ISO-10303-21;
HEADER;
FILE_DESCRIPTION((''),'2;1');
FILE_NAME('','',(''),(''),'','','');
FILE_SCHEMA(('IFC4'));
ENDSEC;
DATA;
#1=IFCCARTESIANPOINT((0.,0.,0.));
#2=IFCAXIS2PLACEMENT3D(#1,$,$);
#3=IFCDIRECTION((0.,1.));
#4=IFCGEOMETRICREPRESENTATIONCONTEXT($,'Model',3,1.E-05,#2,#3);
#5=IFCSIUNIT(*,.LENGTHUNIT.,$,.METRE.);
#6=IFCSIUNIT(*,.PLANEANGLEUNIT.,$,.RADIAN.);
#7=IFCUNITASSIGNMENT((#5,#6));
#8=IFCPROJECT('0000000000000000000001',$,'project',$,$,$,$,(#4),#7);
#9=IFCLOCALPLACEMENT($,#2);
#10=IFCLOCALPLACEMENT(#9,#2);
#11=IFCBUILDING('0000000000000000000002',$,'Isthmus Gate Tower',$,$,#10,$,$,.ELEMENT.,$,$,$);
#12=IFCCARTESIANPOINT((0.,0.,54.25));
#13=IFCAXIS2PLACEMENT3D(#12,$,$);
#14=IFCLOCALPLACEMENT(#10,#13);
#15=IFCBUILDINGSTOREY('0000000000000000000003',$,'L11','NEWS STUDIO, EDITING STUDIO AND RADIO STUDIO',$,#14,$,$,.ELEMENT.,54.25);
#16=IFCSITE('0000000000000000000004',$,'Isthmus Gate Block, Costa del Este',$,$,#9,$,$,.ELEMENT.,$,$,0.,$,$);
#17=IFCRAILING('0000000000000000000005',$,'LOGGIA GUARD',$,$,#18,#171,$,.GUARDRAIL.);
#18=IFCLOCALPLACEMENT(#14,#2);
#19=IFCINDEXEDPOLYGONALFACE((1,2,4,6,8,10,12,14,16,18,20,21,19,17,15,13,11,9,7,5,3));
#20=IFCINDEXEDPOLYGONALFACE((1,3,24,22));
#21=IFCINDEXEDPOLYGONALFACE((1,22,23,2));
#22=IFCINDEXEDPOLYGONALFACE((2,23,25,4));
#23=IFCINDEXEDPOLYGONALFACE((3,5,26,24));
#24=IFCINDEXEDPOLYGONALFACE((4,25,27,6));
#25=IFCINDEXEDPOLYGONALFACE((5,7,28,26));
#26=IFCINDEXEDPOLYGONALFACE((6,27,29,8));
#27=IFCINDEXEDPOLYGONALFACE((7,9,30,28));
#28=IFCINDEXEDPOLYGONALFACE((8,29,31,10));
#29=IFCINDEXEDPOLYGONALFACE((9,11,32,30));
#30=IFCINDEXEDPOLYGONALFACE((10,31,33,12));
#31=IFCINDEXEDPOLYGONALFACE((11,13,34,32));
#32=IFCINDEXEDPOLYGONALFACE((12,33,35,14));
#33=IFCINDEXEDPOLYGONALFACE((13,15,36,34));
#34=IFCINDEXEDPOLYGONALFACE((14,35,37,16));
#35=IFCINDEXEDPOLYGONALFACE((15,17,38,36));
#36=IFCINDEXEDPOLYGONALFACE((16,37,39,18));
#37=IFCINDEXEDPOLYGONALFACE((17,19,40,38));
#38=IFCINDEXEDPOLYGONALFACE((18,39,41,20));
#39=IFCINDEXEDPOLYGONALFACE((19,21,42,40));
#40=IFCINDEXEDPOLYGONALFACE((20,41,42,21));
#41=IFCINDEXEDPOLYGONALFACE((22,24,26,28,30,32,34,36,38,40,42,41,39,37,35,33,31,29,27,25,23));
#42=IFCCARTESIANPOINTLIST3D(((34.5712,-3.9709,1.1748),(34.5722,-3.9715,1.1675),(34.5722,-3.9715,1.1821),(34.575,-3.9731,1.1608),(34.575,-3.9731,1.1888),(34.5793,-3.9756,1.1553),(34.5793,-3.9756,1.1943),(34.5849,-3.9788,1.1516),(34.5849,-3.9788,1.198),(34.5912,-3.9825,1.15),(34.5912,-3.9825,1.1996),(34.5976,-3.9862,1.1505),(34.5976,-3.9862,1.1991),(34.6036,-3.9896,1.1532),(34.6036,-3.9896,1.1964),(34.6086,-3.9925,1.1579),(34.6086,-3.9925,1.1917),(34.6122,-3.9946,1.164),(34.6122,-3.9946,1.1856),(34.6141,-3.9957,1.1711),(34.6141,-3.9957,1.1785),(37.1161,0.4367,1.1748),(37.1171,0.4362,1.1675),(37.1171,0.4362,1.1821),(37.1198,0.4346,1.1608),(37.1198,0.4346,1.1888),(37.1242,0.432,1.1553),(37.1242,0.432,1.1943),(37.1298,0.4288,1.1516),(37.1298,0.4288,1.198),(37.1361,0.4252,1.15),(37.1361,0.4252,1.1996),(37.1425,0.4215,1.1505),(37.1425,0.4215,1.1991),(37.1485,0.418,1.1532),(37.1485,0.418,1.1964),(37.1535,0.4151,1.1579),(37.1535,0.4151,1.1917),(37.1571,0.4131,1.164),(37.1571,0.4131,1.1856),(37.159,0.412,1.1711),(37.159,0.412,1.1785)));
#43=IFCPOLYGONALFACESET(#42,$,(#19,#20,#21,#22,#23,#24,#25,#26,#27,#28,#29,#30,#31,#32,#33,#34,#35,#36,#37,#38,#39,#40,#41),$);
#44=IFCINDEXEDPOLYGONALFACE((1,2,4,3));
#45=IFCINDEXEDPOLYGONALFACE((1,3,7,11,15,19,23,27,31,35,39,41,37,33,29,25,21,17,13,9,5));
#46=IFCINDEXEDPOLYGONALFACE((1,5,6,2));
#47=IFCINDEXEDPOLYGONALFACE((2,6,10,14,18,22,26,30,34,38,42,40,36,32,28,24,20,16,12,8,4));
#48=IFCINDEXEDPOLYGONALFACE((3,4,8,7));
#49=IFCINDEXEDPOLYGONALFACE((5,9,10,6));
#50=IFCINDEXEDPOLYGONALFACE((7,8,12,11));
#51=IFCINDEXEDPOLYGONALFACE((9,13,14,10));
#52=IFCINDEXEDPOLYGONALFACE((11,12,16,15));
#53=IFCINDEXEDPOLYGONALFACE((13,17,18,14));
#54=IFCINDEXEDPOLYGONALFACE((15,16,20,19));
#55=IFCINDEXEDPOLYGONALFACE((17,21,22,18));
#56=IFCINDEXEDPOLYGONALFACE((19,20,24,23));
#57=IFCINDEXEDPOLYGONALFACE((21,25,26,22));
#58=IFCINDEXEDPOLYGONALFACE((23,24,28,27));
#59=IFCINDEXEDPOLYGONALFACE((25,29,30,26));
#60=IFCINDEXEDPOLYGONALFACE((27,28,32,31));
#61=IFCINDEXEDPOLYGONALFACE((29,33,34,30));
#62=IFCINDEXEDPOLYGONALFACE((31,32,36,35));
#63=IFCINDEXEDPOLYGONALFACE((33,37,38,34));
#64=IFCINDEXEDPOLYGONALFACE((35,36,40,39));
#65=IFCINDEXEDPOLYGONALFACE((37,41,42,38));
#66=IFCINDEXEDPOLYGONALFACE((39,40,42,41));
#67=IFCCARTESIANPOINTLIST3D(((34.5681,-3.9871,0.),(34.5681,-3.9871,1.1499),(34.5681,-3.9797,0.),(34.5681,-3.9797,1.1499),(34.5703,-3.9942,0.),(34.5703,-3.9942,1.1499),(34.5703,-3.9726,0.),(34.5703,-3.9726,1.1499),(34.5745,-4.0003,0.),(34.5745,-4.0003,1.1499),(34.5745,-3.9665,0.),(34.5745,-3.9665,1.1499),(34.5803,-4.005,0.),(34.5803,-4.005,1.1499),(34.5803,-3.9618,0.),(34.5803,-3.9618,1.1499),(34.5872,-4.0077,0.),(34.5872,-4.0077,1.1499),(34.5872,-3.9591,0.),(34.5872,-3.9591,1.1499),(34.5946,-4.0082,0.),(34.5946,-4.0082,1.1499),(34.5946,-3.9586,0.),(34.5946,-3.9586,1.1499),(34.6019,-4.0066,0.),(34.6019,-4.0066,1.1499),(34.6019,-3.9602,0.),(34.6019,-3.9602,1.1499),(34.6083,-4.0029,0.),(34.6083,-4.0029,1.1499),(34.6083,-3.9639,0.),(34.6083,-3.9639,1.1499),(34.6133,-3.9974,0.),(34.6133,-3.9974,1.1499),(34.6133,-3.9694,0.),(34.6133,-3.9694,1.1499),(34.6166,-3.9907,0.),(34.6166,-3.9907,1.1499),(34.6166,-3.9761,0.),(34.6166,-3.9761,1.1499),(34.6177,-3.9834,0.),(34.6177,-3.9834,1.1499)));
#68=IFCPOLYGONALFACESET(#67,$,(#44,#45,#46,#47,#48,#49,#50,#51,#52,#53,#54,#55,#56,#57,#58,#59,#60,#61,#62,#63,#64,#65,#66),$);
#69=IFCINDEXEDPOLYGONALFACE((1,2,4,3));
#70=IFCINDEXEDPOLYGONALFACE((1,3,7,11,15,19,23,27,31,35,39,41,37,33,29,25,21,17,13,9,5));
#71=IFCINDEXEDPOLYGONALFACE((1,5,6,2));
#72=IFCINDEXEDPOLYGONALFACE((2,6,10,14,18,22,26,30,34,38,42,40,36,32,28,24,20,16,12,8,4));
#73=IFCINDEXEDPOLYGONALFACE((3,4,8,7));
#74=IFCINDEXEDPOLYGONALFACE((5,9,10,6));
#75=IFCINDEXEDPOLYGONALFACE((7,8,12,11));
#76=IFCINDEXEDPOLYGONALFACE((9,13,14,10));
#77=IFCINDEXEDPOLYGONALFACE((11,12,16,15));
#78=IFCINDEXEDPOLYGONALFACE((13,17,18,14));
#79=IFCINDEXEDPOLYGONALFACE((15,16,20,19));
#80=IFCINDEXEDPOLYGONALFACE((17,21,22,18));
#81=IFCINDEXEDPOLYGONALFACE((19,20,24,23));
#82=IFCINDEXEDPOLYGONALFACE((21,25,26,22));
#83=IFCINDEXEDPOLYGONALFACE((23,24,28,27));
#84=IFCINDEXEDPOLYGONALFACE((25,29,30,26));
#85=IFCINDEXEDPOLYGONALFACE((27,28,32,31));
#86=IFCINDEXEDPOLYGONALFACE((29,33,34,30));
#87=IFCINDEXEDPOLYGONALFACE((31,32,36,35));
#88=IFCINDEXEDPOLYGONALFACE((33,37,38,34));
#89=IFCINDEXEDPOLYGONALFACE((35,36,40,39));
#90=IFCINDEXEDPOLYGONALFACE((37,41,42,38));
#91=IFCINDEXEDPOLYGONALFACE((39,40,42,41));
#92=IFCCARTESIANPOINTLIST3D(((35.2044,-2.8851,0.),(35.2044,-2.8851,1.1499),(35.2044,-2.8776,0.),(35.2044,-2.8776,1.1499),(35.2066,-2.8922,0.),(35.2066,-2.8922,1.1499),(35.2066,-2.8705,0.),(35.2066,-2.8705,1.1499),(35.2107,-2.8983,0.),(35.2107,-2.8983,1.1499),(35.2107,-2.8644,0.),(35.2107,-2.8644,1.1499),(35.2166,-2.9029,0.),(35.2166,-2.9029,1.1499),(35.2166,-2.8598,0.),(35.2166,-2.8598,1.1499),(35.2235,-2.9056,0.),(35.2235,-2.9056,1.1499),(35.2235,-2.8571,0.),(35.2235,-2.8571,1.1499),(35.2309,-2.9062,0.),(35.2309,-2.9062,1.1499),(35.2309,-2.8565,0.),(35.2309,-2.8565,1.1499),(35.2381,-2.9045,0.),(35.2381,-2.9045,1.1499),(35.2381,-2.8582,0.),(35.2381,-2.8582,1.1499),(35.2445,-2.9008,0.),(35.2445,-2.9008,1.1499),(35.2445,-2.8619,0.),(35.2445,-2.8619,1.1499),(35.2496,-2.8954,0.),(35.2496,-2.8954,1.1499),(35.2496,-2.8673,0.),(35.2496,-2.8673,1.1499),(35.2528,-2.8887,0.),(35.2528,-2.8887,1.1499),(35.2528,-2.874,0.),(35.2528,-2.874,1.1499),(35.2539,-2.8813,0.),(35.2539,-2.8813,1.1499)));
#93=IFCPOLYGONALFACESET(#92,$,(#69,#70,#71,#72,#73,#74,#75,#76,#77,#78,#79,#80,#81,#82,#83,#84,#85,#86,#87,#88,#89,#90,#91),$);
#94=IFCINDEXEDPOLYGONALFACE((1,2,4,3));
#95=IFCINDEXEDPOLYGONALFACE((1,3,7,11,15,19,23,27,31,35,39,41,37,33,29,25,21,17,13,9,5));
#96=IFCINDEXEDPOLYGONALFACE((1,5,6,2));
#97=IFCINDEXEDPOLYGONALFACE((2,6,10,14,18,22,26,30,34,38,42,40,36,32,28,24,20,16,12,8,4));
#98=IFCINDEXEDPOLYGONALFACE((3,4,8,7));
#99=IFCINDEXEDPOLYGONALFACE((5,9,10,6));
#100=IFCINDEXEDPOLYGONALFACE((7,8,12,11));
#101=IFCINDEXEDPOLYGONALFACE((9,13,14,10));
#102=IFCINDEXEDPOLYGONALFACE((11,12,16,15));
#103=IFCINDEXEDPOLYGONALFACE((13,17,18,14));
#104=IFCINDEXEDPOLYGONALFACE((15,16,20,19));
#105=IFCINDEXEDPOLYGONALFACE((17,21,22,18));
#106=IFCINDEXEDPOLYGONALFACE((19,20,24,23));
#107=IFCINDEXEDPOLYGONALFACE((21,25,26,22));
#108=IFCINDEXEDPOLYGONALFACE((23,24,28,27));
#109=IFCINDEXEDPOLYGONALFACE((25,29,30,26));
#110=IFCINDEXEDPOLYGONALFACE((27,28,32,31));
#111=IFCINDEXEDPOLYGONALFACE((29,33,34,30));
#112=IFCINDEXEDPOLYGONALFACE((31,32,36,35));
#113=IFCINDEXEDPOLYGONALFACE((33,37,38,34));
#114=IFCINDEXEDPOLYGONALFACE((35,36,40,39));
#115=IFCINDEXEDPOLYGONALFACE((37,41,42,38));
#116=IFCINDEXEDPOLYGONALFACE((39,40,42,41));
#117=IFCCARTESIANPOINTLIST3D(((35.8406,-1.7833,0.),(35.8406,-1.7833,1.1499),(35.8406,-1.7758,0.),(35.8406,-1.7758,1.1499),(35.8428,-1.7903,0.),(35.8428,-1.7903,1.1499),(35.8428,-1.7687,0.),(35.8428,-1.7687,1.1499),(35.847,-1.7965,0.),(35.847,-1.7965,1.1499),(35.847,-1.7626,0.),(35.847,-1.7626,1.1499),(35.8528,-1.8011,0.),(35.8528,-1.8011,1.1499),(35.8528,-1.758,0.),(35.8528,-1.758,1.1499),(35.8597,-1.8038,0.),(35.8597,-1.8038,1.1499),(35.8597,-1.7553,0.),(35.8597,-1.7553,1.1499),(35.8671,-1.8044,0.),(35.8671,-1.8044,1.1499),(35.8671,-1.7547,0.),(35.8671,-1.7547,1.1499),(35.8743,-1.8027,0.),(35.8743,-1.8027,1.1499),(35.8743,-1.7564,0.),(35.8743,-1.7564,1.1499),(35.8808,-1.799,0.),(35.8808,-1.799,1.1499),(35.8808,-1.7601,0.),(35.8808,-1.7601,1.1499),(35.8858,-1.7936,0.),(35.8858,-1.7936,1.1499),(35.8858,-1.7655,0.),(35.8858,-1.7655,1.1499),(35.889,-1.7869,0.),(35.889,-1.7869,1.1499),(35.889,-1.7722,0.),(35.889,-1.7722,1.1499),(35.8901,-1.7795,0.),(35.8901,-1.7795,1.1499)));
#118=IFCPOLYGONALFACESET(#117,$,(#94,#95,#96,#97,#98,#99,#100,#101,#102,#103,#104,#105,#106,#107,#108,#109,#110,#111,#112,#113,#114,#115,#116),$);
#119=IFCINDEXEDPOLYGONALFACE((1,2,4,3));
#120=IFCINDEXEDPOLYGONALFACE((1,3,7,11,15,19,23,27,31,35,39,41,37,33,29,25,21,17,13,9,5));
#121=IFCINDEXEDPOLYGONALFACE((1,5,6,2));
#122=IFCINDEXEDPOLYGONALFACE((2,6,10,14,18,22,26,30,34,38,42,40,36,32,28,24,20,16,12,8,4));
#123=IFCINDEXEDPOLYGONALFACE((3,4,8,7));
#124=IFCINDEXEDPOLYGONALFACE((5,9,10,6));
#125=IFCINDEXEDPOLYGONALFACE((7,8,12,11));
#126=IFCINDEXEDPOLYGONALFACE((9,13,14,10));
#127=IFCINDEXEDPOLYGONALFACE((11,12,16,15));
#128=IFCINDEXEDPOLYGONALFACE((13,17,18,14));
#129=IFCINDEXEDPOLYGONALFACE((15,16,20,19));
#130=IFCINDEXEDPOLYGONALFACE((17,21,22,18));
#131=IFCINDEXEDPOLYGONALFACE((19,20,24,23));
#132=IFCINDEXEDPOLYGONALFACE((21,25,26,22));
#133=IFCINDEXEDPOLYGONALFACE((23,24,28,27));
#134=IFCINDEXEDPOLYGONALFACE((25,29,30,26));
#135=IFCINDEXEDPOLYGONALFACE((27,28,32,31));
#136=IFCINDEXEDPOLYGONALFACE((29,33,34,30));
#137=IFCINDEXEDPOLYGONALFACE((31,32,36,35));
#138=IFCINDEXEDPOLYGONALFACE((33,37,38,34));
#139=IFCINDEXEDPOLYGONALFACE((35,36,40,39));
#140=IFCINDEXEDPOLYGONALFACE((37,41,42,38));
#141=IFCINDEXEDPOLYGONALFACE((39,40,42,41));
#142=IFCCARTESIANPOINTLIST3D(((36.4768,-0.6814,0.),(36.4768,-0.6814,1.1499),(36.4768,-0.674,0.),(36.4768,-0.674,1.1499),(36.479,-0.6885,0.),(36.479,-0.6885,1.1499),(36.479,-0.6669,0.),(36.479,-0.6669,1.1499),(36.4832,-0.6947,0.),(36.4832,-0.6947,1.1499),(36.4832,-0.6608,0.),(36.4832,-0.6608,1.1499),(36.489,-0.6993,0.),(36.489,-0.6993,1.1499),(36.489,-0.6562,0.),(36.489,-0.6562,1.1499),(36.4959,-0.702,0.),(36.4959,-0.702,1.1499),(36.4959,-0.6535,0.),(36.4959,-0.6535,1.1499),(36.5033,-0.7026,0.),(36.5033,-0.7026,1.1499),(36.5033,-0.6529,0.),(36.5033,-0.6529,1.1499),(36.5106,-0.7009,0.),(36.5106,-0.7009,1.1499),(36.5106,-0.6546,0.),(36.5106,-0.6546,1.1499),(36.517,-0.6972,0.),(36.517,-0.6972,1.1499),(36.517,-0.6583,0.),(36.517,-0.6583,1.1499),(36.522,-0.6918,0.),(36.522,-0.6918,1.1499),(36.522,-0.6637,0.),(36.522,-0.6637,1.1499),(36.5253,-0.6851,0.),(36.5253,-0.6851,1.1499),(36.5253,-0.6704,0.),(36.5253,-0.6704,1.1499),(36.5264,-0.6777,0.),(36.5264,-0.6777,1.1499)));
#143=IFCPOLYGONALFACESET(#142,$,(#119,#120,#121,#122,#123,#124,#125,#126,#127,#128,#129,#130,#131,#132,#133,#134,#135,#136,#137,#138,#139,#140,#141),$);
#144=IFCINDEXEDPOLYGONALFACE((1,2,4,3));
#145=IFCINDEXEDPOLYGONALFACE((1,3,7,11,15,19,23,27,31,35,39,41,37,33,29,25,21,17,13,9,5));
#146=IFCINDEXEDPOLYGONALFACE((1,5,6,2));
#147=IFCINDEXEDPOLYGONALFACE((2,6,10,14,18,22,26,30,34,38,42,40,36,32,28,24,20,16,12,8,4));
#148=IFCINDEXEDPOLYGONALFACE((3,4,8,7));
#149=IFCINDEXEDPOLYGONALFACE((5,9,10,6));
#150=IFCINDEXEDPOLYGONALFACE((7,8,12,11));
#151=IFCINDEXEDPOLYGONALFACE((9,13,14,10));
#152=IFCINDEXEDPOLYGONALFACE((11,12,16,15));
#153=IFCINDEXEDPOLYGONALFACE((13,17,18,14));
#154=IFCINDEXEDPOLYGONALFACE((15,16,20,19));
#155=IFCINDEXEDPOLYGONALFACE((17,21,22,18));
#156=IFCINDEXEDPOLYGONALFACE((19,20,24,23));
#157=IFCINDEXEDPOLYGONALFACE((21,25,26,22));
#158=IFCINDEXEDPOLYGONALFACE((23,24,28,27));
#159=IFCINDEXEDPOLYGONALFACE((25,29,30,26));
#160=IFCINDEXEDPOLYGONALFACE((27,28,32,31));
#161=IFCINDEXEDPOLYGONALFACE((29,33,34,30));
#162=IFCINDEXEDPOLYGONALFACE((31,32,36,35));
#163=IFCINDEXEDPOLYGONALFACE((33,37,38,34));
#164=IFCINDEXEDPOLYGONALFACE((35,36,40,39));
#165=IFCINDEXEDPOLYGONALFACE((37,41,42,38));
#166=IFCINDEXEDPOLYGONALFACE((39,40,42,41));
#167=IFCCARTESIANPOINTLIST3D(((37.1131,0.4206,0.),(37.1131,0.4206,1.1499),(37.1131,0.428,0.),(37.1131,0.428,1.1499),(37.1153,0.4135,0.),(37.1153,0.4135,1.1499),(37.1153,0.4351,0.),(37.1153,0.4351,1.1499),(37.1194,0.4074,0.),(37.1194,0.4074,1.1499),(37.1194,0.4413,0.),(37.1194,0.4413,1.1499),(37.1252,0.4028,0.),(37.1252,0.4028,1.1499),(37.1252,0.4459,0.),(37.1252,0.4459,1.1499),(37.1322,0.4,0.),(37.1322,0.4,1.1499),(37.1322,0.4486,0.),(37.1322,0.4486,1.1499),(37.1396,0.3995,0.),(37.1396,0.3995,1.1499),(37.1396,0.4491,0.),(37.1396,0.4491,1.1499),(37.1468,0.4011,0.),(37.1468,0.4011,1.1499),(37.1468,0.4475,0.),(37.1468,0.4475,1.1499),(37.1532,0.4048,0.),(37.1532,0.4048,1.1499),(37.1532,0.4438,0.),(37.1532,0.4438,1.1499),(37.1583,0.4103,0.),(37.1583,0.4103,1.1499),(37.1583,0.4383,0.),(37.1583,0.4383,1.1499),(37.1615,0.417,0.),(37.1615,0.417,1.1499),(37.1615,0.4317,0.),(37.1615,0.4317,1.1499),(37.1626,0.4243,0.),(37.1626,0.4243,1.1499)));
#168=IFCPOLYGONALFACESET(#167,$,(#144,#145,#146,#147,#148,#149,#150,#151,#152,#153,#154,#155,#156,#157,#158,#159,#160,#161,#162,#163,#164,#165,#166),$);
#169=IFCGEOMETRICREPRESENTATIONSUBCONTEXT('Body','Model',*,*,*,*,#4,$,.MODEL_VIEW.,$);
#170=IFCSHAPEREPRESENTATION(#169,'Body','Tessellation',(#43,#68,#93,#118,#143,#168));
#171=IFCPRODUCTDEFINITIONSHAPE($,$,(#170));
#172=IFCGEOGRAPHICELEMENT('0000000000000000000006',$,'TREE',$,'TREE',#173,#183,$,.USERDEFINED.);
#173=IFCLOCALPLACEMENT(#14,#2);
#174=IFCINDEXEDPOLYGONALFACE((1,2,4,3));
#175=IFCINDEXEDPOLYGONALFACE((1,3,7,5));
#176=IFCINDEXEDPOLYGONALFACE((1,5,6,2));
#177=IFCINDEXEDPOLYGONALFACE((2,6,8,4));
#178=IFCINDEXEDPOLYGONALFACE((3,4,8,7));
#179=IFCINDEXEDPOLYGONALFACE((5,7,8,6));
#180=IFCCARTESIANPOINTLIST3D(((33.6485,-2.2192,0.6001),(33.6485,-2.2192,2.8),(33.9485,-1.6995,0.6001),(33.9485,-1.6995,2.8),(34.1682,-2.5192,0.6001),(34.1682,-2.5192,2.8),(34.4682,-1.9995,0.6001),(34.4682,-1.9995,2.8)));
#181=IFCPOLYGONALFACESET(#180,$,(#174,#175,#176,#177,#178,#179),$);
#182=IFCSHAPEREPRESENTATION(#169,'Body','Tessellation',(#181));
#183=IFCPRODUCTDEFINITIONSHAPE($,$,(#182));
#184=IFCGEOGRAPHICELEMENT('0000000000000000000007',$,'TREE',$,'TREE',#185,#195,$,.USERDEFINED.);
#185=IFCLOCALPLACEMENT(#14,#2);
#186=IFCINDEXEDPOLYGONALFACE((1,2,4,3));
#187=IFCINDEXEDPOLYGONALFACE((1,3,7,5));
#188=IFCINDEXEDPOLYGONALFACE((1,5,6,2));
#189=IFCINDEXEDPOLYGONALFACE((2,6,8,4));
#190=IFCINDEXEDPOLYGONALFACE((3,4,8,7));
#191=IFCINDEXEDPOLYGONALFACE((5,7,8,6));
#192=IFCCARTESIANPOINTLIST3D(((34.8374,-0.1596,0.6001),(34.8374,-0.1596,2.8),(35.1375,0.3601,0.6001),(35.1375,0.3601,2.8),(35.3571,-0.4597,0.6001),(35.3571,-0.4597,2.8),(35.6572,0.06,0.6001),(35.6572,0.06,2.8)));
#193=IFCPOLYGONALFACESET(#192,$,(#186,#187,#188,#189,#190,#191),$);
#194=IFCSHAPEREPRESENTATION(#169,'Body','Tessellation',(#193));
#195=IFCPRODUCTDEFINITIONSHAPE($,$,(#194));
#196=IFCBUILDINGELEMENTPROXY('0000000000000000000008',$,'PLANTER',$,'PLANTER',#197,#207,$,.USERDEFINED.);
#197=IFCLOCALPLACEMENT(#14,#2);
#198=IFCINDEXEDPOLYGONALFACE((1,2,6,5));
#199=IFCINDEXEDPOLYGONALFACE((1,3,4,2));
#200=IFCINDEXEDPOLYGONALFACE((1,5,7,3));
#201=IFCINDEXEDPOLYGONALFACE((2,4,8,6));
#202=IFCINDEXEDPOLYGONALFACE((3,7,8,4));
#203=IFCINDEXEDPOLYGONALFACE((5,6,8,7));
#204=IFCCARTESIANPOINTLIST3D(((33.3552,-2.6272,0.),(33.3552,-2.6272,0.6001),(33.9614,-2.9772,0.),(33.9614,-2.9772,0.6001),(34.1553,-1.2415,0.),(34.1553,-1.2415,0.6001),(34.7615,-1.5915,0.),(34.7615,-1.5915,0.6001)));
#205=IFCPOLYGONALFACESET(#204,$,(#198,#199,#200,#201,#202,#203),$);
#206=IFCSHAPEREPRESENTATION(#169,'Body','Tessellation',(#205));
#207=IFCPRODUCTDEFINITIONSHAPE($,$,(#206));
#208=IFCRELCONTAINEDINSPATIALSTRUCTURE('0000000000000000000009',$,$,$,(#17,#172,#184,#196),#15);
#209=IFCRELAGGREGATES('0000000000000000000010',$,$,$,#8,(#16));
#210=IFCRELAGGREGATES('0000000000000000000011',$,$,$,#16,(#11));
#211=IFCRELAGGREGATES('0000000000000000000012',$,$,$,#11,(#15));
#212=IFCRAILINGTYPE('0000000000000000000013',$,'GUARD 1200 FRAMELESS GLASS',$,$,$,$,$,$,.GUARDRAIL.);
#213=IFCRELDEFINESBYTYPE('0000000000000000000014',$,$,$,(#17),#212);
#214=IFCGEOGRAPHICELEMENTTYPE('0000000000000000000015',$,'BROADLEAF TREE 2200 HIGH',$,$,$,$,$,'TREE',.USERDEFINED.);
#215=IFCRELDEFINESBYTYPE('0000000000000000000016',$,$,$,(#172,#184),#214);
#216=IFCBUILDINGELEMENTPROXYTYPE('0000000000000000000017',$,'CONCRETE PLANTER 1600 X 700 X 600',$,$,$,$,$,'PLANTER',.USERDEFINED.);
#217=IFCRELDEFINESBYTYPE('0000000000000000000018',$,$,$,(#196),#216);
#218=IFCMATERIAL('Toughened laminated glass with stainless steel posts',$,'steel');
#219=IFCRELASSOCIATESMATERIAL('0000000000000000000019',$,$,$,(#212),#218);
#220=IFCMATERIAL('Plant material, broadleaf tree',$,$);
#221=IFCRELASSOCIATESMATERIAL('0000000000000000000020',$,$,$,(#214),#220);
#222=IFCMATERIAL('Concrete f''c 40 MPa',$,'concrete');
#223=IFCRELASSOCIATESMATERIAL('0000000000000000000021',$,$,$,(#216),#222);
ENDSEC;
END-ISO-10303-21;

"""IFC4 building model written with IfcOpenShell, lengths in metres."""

from ifc_helpers import new_model, si_unit, direction, frame, origin, origin_2d, place, context, subcontext, project, spatial, rectangle, circle, extrude, material, type_object, element, save


model = new_model("IFC4")

# Units and contexts
model_context = context("Model", 3, precision=1e-05, world=origin(), true_north=direction((0.0, 1.0)))
body_context = subcontext(model_context, "Body", "Model", "MODEL_VIEW")
ifc_project = project(units=[si_unit("LENGTHUNIT", "METRE"), si_unit("PLANEANGLEUNIT", "RADIAN")], contexts=[model_context])

# Site, building, storey
site_placement = place(None, origin())
site = spatial("IfcSite", under=ifc_project, at=site_placement, Name="Isthmus Gate Block, Costa del Este", CompositionType="ELEMENT", RefElevation=0.0)
building_placement = place(site_placement, origin())
building = spatial("IfcBuilding", under=site, at=building_placement, Name="Isthmus Gate Tower", CompositionType="ELEMENT")
storey_placement = place(building_placement, frame((0.0, 0.0, 54.25)))
storey = spatial("IfcBuildingStorey", under=building, at=storey_placement, Name="L11", Description="NEWS STUDIO, EDITING STUDIO AND RADIO STUDIO", CompositionType="ELEMENT", Elevation=54.25)

# Railing
ifc_material_1 = material(Name="Toughened laminated glass with stainless steel posts", Category="steel")
railing_type = type_object("IfcRailingType", Name="GUARD 1200 FRAMELESS GLASS", PredefinedType="GUARDRAIL", material=ifc_material_1)
railing_placement = place(storey_placement, frame((34.5928, -3.9834, 0.0)))
element("IfcRailing", 1, at=railing_placement, inside=storey, type_object=railing_type, Name="LOGGIA GUARD", PredefinedType="GUARDRAIL", context=body_context, shape_type="SweptSolid", body=[
    extrude(circle(Radius=0.0249, at=origin_2d()), frame((0.0, 0.0, 1.1748), z_axis=(0.500019, 0.866015, 0.0), x_axis=(-0.866015, 0.500019, 0.0)), (0.0, 0.0, 1.0), 5.0896),
    extrude(circle(Radius=0.0249, at=origin_2d()), origin(), (0.0, 0.0, 1.0), 1.1499),
    extrude(circle(Radius=0.0249, at=origin_2d()), frame((0.6362, 1.1021, 0.0)), (0.0, 0.0, 1.0), 1.1499),
    extrude(circle(Radius=0.0249, at=origin_2d()), frame((1.2725, 2.2039, 0.0)), (0.0, 0.0, 1.0), 1.1499),
    extrude(circle(Radius=0.0249, at=origin_2d()), frame((1.9087, 3.3057, 0.0)), (0.0, 0.0, 1.0), 1.1499),
    extrude(circle(Radius=0.0249, at=origin_2d()), frame((2.5449, 4.4077, 0.0)), (0.0, 0.0, 1.0), 1.1499),
])

# Geographic elements
ifc_material_2 = material(Name="Plant material, broadleaf tree")
geographic_element_type = type_object("IfcGeographicElementType", Name="BROADLEAF TREE 2200 HIGH", ElementType="TREE", PredefinedType="USERDEFINED", material=ifc_material_2)
for number, where, z_axis, x_axis, name in (
    (2, (34.0583, -2.1094, 0.6001), (0.0, 0.0, 1.0), (0.5, 0.866025, 0.0), "TREE"),
    (3, (35.2473, -0.0498, 0.6001), (0.0, 0.0, 1.0), (0.5, 0.866025, 0.0), "TREE"),
):
    element("IfcGeographicElement", number, at=place(storey_placement, frame(where, z_axis=z_axis, x_axis=x_axis)), inside=storey, type_object=geographic_element_type, Name=name, ObjectType="TREE", PredefinedType="USERDEFINED", context=body_context, shape_type="SweptSolid", body=[
        extrude(rectangle(XDim=0.6001, YDim=0.6001, at=origin_2d()), origin(), (0.0, 0.0, 1.0), 2.2),
    ])

# Building element proxy
ifc_material_3 = material(Name="Concrete f'c 40 MPa", Category="concrete")
building_element_proxy_type = type_object("IfcBuildingElementProxyType", Name="CONCRETE PLANTER 1600 X 700 X 600", ElementType="PLANTER", PredefinedType="USERDEFINED", material=ifc_material_3)
for number, where, z_axis, x_axis, name in (
    (4, (34.0583, -2.1094, 0.0), (0.0, 0.0, 1.0), (0.5, 0.866025, 0.0), "PLANTER"),
):
    element("IfcBuildingElementProxy", number, at=place(storey_placement, frame(where, z_axis=z_axis, x_axis=x_axis)), inside=storey, type_object=building_element_proxy_type, Name=name, ObjectType="PLANTER", PredefinedType="USERDEFINED", context=body_context, shape_type="SweptSolid", body=[
        extrude(rectangle(XDim=1.6001, YDim=0.7, at=origin_2d()), origin(), (0.0, 0.0, 1.0), 0.6001),
    ])

save(model, "model.ifc")
